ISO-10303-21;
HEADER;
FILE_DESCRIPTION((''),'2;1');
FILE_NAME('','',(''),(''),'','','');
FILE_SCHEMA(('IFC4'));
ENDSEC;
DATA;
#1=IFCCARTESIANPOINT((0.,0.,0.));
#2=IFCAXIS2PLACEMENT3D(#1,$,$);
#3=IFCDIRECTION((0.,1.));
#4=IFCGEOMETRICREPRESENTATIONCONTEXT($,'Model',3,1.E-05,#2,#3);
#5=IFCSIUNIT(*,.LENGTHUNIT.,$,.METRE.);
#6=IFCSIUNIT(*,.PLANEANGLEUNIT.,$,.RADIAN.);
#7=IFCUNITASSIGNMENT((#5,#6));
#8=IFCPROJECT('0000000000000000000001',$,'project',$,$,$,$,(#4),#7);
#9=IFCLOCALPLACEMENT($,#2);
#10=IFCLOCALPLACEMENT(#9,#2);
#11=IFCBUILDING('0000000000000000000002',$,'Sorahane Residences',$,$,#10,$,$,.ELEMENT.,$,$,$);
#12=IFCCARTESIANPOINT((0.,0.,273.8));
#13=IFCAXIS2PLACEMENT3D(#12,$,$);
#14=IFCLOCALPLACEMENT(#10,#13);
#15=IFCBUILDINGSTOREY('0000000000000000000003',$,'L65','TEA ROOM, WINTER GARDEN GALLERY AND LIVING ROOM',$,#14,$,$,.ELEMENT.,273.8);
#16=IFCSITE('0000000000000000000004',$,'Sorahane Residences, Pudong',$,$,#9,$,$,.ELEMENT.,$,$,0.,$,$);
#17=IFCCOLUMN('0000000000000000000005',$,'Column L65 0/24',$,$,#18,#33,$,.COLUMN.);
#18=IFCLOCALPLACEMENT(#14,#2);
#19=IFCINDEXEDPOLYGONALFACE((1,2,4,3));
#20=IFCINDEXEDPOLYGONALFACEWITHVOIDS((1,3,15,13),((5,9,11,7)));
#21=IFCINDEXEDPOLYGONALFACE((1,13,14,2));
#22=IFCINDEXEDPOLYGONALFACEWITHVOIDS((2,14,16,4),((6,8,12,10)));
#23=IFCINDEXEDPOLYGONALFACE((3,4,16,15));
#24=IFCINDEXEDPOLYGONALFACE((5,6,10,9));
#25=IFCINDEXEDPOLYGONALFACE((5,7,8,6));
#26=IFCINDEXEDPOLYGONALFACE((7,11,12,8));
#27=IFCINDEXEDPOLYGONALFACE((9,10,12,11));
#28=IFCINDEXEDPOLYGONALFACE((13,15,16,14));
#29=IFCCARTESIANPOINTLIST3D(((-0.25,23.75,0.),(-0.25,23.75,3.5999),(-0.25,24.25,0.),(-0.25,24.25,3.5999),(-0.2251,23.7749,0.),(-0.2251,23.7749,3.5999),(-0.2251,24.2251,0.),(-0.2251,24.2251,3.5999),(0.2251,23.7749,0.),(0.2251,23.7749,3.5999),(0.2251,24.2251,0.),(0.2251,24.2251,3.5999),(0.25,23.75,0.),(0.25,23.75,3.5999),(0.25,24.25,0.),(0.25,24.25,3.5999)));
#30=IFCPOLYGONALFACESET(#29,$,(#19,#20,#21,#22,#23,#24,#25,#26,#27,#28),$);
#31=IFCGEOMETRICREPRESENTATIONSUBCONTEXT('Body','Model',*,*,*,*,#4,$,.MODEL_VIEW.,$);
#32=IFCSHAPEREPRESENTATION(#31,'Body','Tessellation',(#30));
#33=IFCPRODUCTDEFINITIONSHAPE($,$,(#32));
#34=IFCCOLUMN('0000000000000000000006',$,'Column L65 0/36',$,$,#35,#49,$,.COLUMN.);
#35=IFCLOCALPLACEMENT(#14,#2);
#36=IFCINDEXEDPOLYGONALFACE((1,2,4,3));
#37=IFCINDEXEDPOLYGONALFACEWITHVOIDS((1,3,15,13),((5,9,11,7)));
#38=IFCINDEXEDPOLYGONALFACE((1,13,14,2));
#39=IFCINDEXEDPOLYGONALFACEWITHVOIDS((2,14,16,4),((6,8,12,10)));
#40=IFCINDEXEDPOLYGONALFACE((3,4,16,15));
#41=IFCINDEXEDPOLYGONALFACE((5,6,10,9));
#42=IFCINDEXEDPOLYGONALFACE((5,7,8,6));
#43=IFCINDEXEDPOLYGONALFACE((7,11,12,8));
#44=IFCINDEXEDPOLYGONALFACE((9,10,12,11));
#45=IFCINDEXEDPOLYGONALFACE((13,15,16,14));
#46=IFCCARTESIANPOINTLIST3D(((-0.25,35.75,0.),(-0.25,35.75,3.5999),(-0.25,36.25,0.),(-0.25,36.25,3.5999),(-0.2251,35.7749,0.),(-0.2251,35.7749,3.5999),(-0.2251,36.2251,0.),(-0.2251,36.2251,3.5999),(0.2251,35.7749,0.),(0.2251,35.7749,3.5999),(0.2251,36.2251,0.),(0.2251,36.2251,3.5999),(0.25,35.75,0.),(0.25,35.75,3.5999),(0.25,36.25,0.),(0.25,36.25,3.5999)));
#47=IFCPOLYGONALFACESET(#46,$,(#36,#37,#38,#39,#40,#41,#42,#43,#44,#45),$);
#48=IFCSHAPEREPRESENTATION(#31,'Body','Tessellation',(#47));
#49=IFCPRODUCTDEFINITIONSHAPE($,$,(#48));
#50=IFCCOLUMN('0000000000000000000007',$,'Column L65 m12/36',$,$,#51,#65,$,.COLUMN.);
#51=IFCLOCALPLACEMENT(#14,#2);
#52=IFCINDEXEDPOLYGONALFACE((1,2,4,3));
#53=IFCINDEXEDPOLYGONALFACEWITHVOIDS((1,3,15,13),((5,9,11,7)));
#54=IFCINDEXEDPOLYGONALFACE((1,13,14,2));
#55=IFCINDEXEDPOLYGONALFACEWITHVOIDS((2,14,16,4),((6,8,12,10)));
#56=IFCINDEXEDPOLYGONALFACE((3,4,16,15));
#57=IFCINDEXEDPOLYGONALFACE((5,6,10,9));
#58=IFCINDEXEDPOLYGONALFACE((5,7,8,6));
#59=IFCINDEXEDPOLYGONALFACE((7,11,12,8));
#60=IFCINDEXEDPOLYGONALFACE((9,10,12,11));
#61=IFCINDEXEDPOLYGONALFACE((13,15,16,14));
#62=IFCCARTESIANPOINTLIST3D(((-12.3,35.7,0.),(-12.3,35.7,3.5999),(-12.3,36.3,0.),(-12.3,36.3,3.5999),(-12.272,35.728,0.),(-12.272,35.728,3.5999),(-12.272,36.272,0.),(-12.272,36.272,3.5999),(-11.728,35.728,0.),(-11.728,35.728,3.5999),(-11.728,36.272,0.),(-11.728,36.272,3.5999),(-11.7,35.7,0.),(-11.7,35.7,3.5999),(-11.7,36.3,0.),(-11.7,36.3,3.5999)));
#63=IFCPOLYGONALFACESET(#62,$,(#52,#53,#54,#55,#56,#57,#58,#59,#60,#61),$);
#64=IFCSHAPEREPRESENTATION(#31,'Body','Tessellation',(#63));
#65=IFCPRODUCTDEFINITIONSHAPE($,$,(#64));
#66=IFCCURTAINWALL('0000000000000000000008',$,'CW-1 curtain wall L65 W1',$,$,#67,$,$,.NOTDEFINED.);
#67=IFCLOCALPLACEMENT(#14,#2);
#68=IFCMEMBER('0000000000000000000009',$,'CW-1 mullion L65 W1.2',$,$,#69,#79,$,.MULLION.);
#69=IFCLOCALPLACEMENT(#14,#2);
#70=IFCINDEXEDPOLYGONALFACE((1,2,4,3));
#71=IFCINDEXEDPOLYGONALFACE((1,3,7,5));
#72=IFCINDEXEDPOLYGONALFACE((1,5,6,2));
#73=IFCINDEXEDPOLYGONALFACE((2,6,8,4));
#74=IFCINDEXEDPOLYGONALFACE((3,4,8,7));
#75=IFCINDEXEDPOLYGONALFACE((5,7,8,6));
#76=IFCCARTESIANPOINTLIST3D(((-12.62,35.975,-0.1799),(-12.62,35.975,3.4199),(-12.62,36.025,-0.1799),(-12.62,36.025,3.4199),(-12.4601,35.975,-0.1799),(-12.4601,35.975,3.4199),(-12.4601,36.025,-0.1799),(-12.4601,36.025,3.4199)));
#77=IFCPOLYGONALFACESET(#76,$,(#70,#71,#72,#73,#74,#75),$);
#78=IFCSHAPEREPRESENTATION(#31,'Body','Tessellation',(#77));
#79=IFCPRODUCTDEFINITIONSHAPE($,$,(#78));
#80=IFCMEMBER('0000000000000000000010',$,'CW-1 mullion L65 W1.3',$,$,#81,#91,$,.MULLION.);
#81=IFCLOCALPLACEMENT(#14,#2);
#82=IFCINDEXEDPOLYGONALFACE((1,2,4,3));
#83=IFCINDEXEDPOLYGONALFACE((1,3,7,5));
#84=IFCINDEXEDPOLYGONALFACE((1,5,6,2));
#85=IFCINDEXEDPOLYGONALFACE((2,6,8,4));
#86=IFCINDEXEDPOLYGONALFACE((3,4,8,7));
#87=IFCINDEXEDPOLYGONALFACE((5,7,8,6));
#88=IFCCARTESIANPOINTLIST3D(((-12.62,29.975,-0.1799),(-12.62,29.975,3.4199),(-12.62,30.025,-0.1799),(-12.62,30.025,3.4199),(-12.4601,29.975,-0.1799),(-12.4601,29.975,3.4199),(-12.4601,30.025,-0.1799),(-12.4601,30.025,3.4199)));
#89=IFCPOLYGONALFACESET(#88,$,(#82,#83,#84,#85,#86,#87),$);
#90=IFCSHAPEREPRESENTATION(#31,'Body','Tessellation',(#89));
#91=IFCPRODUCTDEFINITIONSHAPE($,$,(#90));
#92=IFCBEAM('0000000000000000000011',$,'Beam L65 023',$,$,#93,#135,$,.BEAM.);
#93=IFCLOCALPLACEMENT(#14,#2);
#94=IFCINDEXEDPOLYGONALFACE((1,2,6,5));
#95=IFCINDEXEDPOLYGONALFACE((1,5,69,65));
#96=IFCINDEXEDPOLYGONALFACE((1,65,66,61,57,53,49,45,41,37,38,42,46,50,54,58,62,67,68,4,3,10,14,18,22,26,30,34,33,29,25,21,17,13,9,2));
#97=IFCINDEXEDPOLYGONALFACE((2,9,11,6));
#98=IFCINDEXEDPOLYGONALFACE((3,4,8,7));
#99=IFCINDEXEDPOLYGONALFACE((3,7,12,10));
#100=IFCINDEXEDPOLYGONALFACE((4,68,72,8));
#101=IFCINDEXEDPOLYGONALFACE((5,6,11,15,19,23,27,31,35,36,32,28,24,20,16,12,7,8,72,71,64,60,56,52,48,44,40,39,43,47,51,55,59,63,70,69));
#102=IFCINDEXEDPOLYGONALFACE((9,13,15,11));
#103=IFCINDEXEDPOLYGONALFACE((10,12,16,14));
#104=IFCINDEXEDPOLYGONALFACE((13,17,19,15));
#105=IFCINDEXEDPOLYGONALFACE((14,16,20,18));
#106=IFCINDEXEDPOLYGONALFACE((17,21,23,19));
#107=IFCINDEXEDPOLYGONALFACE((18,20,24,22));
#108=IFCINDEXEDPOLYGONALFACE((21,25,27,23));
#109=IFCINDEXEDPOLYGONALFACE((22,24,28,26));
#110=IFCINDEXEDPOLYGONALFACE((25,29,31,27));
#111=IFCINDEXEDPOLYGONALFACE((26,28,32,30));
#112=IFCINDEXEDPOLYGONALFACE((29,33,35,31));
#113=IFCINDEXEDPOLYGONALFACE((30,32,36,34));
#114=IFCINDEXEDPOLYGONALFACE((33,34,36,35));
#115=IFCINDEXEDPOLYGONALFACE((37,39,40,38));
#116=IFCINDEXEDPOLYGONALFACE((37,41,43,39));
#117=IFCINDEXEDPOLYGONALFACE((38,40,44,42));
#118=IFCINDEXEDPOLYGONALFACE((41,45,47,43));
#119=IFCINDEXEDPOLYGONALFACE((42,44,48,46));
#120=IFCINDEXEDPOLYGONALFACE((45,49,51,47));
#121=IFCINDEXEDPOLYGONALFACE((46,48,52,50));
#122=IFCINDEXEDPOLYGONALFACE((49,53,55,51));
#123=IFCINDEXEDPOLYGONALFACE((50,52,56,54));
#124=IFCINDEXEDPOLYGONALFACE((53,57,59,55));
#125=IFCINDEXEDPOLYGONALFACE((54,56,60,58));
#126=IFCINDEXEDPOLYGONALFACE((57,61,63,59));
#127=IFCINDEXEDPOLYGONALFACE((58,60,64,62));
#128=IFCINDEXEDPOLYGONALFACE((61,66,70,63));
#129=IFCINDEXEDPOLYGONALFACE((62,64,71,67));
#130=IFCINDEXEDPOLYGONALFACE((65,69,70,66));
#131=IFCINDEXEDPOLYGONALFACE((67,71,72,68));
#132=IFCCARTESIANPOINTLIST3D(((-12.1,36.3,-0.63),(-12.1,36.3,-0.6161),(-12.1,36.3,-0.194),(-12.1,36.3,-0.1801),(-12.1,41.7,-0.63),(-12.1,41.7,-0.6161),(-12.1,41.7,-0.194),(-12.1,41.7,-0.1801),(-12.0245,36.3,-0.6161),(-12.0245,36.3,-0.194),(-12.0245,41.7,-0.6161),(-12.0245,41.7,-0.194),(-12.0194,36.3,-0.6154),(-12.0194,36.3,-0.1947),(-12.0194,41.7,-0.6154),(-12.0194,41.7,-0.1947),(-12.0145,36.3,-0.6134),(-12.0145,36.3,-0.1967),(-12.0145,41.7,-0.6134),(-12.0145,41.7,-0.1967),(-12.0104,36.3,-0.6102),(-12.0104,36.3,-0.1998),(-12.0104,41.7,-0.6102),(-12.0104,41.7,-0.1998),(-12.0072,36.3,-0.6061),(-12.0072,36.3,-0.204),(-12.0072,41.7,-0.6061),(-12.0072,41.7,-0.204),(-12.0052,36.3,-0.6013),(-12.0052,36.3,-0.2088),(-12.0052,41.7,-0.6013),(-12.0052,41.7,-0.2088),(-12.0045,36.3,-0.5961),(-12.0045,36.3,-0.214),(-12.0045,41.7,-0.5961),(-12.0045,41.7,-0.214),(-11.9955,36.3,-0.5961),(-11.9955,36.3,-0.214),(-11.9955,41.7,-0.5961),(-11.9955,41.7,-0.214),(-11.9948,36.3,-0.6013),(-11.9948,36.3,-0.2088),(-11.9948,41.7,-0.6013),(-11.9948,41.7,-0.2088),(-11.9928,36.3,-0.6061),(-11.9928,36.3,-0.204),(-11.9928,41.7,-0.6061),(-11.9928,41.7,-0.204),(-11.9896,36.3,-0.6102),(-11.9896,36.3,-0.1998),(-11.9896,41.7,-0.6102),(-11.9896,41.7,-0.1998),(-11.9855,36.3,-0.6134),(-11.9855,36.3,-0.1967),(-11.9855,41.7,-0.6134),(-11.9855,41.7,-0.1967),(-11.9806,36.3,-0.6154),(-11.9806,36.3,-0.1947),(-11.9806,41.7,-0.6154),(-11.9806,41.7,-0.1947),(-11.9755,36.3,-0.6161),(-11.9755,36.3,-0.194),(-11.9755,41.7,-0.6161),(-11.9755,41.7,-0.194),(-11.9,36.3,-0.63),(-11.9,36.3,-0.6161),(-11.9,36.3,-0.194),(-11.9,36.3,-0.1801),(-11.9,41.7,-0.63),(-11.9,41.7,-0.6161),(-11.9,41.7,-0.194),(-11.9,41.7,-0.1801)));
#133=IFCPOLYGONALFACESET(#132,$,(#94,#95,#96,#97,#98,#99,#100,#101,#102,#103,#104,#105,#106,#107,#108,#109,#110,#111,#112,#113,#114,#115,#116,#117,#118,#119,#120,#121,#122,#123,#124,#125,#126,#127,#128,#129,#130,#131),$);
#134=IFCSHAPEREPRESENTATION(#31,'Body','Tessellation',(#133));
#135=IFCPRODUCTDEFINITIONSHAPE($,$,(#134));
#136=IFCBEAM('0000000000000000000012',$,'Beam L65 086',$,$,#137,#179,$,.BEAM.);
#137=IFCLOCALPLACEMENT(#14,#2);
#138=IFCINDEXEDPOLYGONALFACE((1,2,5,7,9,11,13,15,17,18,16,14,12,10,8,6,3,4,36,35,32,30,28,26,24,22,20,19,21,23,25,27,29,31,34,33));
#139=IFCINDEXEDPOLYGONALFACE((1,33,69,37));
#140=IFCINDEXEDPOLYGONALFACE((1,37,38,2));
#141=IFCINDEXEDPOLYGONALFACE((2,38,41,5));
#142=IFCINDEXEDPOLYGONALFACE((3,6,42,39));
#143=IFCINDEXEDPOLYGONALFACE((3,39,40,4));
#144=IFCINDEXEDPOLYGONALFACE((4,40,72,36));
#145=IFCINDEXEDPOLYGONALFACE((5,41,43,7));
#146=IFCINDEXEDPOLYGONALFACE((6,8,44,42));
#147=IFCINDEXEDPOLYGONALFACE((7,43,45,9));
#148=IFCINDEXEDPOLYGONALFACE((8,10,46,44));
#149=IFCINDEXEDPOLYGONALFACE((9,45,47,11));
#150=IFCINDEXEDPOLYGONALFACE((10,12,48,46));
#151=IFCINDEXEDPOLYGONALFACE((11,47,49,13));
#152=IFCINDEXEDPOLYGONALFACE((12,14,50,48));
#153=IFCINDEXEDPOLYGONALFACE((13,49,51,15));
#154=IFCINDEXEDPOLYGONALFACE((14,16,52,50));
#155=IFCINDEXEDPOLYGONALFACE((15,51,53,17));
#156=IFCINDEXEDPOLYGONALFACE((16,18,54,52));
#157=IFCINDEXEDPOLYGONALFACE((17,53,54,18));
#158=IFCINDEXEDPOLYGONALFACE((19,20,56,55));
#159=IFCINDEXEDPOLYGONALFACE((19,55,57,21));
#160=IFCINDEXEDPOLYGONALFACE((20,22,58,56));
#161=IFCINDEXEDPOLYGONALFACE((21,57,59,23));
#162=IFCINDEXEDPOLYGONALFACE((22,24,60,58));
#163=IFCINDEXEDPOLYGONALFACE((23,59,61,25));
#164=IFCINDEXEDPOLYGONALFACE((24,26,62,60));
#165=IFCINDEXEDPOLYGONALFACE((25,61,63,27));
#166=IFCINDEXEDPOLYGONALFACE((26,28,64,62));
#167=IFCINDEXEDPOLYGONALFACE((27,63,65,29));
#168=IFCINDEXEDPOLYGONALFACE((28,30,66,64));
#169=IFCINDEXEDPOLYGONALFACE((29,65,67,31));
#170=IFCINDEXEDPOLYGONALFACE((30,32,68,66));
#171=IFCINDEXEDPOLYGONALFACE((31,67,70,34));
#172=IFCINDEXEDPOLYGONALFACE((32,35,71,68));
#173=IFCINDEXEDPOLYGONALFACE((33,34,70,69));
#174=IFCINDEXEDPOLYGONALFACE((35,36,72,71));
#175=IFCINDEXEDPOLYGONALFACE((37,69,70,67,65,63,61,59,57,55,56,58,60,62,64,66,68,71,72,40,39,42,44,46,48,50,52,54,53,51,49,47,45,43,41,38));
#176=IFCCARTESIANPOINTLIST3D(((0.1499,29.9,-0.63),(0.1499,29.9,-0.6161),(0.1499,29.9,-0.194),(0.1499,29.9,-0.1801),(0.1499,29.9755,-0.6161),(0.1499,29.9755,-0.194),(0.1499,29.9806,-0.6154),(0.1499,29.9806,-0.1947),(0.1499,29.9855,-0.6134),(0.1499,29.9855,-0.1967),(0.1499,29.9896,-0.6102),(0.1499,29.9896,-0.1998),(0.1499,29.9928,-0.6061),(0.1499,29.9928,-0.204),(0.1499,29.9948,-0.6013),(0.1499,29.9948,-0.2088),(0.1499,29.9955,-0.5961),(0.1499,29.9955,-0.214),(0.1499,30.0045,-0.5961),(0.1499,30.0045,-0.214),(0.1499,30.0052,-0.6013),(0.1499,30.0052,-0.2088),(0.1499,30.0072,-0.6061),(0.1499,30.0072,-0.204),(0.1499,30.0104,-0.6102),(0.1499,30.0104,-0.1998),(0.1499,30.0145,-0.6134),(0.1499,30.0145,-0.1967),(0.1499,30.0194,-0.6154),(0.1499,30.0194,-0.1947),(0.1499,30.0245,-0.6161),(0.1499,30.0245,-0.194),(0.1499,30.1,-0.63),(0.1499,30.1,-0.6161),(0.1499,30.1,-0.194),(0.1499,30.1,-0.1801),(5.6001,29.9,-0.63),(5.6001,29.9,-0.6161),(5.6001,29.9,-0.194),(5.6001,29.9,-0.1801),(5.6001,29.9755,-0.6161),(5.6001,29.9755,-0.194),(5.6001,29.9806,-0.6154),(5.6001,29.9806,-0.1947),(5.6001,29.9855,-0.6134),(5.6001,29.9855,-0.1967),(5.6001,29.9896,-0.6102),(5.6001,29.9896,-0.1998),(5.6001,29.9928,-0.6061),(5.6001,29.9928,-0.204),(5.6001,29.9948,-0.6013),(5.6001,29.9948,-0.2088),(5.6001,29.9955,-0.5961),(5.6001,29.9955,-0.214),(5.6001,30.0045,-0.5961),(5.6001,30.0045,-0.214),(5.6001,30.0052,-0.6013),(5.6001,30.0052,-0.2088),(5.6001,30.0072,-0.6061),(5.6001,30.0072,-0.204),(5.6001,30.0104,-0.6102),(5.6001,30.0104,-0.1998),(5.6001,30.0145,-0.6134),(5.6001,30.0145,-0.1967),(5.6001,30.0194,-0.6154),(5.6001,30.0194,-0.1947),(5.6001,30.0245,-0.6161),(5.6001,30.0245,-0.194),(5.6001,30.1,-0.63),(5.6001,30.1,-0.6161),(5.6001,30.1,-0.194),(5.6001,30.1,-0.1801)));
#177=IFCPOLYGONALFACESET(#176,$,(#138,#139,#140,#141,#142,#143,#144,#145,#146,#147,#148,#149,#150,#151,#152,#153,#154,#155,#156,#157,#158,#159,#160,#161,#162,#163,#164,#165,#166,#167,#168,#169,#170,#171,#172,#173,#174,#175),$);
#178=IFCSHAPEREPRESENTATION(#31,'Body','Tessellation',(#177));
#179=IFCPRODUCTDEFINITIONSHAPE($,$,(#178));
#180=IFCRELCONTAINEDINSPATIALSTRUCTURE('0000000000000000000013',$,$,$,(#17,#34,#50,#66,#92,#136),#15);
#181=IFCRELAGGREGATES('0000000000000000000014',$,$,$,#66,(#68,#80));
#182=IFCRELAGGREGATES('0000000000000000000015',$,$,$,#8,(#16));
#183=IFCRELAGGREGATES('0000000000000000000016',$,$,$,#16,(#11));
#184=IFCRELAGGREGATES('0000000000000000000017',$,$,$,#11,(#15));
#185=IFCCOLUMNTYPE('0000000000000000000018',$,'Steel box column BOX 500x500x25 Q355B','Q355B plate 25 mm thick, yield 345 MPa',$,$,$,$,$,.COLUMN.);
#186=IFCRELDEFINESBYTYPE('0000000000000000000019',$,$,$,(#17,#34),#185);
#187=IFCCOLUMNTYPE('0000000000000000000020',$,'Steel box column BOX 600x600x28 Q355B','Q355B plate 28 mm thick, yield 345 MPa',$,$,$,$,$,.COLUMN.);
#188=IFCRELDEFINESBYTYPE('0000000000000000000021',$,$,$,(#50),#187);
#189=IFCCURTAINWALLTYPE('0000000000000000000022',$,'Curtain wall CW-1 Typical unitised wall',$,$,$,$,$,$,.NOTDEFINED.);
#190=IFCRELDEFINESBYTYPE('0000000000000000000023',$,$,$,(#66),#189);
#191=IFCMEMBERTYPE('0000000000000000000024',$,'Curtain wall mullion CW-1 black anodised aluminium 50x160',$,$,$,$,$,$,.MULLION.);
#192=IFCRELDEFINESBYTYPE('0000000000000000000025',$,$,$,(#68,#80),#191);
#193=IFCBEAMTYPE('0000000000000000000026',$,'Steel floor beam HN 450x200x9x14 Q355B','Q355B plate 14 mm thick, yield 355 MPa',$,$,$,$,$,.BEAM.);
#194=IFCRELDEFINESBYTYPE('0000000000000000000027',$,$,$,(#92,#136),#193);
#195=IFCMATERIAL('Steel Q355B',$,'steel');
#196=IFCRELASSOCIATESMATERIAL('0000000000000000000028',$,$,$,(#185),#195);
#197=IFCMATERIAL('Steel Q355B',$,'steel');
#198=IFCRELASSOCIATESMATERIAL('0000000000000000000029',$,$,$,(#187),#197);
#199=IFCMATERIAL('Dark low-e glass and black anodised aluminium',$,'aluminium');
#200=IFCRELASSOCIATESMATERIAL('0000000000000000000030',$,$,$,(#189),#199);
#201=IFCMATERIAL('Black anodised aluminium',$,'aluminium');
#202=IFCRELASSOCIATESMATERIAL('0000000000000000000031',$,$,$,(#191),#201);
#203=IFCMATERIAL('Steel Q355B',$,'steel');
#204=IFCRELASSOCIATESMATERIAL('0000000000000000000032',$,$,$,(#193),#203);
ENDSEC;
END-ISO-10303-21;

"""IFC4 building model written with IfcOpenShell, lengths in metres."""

from ifc_helpers import new_model, si_unit, direction, frame, origin, origin_2d, place, context, subcontext, project, spatial, rectangle, hollow_rectangle, i_section, extrude, material, material_profile, profile_set, type_object, element, aggregate, save


model = new_model("IFC4")

# Units and contexts
model_context = context("Model", 3, precision=1e-05, world=origin(), true_north=direction((0.0, 1.0)))
body_context = subcontext(model_context, "Body", "Model", "MODEL_VIEW")
ifc_project = project(units=[si_unit("LENGTHUNIT", "METRE"), si_unit("PLANEANGLEUNIT", "RADIAN")], contexts=[model_context])

# Site, building, storey
site_placement = place(None, origin())
site = spatial("IfcSite", under=ifc_project, at=site_placement, Name="Sorahane Residences, Pudong", CompositionType="ELEMENT", RefElevation=0.0)
building_placement = place(site_placement, origin())
building = spatial("IfcBuilding", under=site, at=building_placement, Name="Sorahane Residences", CompositionType="ELEMENT")
storey_placement = place(building_placement, frame((0.0, 0.0, 273.8)))
storey = spatial("IfcBuildingStorey", under=building, at=storey_placement, Name="L65", Description="TEA ROOM, WINTER GARDEN GALLERY AND LIVING ROOM", CompositionType="ELEMENT", Elevation=273.8)

# Columns
ifc_material_1 = material(Name="Steel Q355B", Category="steel")
ifc_material_profile_1 = material_profile(ifc_material_1, hollow_rectangle(XDim=0.5, YDim=0.5, WallThickness=0.0249, at=origin_2d()), Name="BOX 500x500x25")
ifc_profile_set_1 = profile_set([ifc_material_profile_1], Name="Steel Q355B")
column_type_1 = type_object("IfcColumnType", Name="Steel box column BOX 500x500x25 Q355B", Description="Q355B plate 25 mm thick, yield 345 MPa", PredefinedType="COLUMN", material=ifc_profile_set_1)
for number, where, z_axis, x_axis, name in (
    (1, (0.0, 24.0, 0.0), (0.0, 0.0, 1.0), (1.0, 0.0, 0.0), "Column L65 0/24"),
    (2, (0.0, 36.0, 0.0), (0.0, 0.0, 1.0), (1.0, 0.0, 0.0), "Column L65 0/36"),
):
    element("IfcColumn", number, at=place(storey_placement, frame(where, z_axis=z_axis, x_axis=x_axis)), inside=storey, type_object=column_type_1, Name=name, PredefinedType="COLUMN", context=body_context, shape_type="SweptSolid", body=[
        extrude(hollow_rectangle(XDim=0.5, YDim=0.5, WallThickness=0.0249, at=origin_2d()), origin(), (0.0, 0.0, 1.0), 3.5999),
    ])
ifc_material_2 = material(Name="Steel Q355B", Category="steel")
ifc_material_profile_2 = material_profile(ifc_material_2, hollow_rectangle(XDim=0.6001, YDim=0.6001, WallThickness=0.0281, at=origin_2d()), Name="BOX 600x600x28")
ifc_profile_set_2 = profile_set([ifc_material_profile_2], Name="Steel Q355B")
column_type_2 = type_object("IfcColumnType", Name="Steel box column BOX 600x600x28 Q355B", Description="Q355B plate 28 mm thick, yield 345 MPa", PredefinedType="COLUMN", material=ifc_profile_set_2)
column_placement = place(storey_placement, frame((-12.0, 36.0, 0.0), z_axis=(0.0, 0.0, 1.0), x_axis=(1.0, 0.0, 0.0)))
element("IfcColumn", 3, at=column_placement, inside=storey, type_object=column_type_2, Name="Column L65 m12/36", PredefinedType="COLUMN", context=body_context, shape_type="SweptSolid", body=[
    extrude(hollow_rectangle(XDim=0.6001, YDim=0.6001, WallThickness=0.0281, at=origin_2d()), origin(), (0.0, 0.0, 1.0), 3.5999),
])

# Curtain wall, members
ifc_material_3 = material(Name="Dark low-e glass and black anodised aluminium", Category="aluminium")
curtain_wall_type = type_object("IfcCurtainWallType", Name="Curtain wall CW-1 Typical unitised wall", PredefinedType="NOTDEFINED", material=ifc_material_3)
curtain_wall_placement = place(storey_placement, origin())
curtain_wall = element("IfcCurtainWall", 4, at=curtain_wall_placement, inside=storey, type_object=curtain_wall_type, Name="CW-1 curtain wall L65 W1", PredefinedType="NOTDEFINED")
ifc_material_4 = material(Name="Black anodised aluminium", Category="aluminium")
ifc_material_profile_3 = material_profile(ifc_material_4, rectangle(XDim=0.1599, YDim=0.05, at=origin_2d()), Name="Curtain wall mullion CW-1 black anodised aluminium 50x160")
ifc_profile_set_3 = profile_set([ifc_material_profile_3], Name="Black anodised aluminium")
member_type = type_object("IfcMemberType", Name="Curtain wall mullion CW-1 black anodised aluminium 50x160", PredefinedType="MULLION", material=ifc_profile_set_3)
member_1_placement = place(storey_placement, frame((-12.54, 36.0, -0.1799), z_axis=(0.0, 0.0, 1.0), x_axis=(-1.0, 0.0, 0.0)))
member_1 = element("IfcMember", 5, at=member_1_placement, type_object=member_type, Name="CW-1 mullion L65 W1.2", PredefinedType="MULLION", context=body_context, shape_type="SweptSolid", body=[
    extrude(rectangle(XDim=0.1599, YDim=0.05, at=origin_2d()), origin(), (0.0, 0.0, 1.0), 3.5999),
])
member_2_placement = place(storey_placement, frame((-12.54, 30.0, -0.1799), z_axis=(0.0, 0.0, 1.0), x_axis=(-1.0, 0.0, 0.0)))
member_2 = element("IfcMember", 6, at=member_2_placement, type_object=member_type, Name="CW-1 mullion L65 W1.3", PredefinedType="MULLION", context=body_context, shape_type="SweptSolid", body=[
    extrude(rectangle(XDim=0.1599, YDim=0.05, at=origin_2d()), origin(), (0.0, 0.0, 1.0), 3.5999),
])

# Beams
ifc_material_5 = material(Name="Steel Q355B", Category="steel")
ifc_material_profile_4 = material_profile(ifc_material_5, i_section(OverallWidth=0.2, OverallDepth=0.45, WebThickness=0.009, FlangeThickness=0.0139, FilletRadius=0.02, at=origin_2d()), Name="HN 450x200x9x14")
ifc_profile_set_4 = profile_set([ifc_material_profile_4], Name="Steel Q355B")
beam_type_1 = type_object("IfcBeamType", Name="Steel floor beam HN 450x200x9x14 Q355B", Description="Q355B plate 14 mm thick, yield 355 MPa", PredefinedType="BEAM", material=ifc_profile_set_4)
beam_1_placement = place(storey_placement, frame((-12.0, 36.3, -0.405), z_axis=(0.0, 1.0, 0.0), x_axis=(-1.0, 0.0, 0.0)))
element("IfcBeam", 7, at=beam_1_placement, inside=storey, type_object=beam_type_1, Name="Beam L65 023", PredefinedType="BEAM", context=body_context, shape_type="SweptSolid", body=[
    extrude(i_section(OverallWidth=0.2, OverallDepth=0.45, WebThickness=0.009, FlangeThickness=0.0139, FilletRadius=0.02, at=origin_2d()), origin(), (0.0, 0.0, 1.0), 5.3999),
])
beam_2_placement = place(storey_placement, frame((0.1499, 30.0, -0.405), z_axis=(1.0, 0.0, 0.0), x_axis=(0.0, 1.0, 0.0)))
element("IfcBeam", 8, at=beam_2_placement, inside=storey, type_object=beam_type_1, Name="Beam L65 086", PredefinedType="BEAM", context=body_context, shape_type="SweptSolid", body=[
    extrude(i_section(OverallWidth=0.2, OverallDepth=0.45, WebThickness=0.009, FlangeThickness=0.0139, FilletRadius=0.02, at=origin_2d()), origin(), (0.0, 0.0, 1.0), 5.4502),
])

aggregate(curtain_wall, [member_1, member_2])

save(model, "model.ifc")
